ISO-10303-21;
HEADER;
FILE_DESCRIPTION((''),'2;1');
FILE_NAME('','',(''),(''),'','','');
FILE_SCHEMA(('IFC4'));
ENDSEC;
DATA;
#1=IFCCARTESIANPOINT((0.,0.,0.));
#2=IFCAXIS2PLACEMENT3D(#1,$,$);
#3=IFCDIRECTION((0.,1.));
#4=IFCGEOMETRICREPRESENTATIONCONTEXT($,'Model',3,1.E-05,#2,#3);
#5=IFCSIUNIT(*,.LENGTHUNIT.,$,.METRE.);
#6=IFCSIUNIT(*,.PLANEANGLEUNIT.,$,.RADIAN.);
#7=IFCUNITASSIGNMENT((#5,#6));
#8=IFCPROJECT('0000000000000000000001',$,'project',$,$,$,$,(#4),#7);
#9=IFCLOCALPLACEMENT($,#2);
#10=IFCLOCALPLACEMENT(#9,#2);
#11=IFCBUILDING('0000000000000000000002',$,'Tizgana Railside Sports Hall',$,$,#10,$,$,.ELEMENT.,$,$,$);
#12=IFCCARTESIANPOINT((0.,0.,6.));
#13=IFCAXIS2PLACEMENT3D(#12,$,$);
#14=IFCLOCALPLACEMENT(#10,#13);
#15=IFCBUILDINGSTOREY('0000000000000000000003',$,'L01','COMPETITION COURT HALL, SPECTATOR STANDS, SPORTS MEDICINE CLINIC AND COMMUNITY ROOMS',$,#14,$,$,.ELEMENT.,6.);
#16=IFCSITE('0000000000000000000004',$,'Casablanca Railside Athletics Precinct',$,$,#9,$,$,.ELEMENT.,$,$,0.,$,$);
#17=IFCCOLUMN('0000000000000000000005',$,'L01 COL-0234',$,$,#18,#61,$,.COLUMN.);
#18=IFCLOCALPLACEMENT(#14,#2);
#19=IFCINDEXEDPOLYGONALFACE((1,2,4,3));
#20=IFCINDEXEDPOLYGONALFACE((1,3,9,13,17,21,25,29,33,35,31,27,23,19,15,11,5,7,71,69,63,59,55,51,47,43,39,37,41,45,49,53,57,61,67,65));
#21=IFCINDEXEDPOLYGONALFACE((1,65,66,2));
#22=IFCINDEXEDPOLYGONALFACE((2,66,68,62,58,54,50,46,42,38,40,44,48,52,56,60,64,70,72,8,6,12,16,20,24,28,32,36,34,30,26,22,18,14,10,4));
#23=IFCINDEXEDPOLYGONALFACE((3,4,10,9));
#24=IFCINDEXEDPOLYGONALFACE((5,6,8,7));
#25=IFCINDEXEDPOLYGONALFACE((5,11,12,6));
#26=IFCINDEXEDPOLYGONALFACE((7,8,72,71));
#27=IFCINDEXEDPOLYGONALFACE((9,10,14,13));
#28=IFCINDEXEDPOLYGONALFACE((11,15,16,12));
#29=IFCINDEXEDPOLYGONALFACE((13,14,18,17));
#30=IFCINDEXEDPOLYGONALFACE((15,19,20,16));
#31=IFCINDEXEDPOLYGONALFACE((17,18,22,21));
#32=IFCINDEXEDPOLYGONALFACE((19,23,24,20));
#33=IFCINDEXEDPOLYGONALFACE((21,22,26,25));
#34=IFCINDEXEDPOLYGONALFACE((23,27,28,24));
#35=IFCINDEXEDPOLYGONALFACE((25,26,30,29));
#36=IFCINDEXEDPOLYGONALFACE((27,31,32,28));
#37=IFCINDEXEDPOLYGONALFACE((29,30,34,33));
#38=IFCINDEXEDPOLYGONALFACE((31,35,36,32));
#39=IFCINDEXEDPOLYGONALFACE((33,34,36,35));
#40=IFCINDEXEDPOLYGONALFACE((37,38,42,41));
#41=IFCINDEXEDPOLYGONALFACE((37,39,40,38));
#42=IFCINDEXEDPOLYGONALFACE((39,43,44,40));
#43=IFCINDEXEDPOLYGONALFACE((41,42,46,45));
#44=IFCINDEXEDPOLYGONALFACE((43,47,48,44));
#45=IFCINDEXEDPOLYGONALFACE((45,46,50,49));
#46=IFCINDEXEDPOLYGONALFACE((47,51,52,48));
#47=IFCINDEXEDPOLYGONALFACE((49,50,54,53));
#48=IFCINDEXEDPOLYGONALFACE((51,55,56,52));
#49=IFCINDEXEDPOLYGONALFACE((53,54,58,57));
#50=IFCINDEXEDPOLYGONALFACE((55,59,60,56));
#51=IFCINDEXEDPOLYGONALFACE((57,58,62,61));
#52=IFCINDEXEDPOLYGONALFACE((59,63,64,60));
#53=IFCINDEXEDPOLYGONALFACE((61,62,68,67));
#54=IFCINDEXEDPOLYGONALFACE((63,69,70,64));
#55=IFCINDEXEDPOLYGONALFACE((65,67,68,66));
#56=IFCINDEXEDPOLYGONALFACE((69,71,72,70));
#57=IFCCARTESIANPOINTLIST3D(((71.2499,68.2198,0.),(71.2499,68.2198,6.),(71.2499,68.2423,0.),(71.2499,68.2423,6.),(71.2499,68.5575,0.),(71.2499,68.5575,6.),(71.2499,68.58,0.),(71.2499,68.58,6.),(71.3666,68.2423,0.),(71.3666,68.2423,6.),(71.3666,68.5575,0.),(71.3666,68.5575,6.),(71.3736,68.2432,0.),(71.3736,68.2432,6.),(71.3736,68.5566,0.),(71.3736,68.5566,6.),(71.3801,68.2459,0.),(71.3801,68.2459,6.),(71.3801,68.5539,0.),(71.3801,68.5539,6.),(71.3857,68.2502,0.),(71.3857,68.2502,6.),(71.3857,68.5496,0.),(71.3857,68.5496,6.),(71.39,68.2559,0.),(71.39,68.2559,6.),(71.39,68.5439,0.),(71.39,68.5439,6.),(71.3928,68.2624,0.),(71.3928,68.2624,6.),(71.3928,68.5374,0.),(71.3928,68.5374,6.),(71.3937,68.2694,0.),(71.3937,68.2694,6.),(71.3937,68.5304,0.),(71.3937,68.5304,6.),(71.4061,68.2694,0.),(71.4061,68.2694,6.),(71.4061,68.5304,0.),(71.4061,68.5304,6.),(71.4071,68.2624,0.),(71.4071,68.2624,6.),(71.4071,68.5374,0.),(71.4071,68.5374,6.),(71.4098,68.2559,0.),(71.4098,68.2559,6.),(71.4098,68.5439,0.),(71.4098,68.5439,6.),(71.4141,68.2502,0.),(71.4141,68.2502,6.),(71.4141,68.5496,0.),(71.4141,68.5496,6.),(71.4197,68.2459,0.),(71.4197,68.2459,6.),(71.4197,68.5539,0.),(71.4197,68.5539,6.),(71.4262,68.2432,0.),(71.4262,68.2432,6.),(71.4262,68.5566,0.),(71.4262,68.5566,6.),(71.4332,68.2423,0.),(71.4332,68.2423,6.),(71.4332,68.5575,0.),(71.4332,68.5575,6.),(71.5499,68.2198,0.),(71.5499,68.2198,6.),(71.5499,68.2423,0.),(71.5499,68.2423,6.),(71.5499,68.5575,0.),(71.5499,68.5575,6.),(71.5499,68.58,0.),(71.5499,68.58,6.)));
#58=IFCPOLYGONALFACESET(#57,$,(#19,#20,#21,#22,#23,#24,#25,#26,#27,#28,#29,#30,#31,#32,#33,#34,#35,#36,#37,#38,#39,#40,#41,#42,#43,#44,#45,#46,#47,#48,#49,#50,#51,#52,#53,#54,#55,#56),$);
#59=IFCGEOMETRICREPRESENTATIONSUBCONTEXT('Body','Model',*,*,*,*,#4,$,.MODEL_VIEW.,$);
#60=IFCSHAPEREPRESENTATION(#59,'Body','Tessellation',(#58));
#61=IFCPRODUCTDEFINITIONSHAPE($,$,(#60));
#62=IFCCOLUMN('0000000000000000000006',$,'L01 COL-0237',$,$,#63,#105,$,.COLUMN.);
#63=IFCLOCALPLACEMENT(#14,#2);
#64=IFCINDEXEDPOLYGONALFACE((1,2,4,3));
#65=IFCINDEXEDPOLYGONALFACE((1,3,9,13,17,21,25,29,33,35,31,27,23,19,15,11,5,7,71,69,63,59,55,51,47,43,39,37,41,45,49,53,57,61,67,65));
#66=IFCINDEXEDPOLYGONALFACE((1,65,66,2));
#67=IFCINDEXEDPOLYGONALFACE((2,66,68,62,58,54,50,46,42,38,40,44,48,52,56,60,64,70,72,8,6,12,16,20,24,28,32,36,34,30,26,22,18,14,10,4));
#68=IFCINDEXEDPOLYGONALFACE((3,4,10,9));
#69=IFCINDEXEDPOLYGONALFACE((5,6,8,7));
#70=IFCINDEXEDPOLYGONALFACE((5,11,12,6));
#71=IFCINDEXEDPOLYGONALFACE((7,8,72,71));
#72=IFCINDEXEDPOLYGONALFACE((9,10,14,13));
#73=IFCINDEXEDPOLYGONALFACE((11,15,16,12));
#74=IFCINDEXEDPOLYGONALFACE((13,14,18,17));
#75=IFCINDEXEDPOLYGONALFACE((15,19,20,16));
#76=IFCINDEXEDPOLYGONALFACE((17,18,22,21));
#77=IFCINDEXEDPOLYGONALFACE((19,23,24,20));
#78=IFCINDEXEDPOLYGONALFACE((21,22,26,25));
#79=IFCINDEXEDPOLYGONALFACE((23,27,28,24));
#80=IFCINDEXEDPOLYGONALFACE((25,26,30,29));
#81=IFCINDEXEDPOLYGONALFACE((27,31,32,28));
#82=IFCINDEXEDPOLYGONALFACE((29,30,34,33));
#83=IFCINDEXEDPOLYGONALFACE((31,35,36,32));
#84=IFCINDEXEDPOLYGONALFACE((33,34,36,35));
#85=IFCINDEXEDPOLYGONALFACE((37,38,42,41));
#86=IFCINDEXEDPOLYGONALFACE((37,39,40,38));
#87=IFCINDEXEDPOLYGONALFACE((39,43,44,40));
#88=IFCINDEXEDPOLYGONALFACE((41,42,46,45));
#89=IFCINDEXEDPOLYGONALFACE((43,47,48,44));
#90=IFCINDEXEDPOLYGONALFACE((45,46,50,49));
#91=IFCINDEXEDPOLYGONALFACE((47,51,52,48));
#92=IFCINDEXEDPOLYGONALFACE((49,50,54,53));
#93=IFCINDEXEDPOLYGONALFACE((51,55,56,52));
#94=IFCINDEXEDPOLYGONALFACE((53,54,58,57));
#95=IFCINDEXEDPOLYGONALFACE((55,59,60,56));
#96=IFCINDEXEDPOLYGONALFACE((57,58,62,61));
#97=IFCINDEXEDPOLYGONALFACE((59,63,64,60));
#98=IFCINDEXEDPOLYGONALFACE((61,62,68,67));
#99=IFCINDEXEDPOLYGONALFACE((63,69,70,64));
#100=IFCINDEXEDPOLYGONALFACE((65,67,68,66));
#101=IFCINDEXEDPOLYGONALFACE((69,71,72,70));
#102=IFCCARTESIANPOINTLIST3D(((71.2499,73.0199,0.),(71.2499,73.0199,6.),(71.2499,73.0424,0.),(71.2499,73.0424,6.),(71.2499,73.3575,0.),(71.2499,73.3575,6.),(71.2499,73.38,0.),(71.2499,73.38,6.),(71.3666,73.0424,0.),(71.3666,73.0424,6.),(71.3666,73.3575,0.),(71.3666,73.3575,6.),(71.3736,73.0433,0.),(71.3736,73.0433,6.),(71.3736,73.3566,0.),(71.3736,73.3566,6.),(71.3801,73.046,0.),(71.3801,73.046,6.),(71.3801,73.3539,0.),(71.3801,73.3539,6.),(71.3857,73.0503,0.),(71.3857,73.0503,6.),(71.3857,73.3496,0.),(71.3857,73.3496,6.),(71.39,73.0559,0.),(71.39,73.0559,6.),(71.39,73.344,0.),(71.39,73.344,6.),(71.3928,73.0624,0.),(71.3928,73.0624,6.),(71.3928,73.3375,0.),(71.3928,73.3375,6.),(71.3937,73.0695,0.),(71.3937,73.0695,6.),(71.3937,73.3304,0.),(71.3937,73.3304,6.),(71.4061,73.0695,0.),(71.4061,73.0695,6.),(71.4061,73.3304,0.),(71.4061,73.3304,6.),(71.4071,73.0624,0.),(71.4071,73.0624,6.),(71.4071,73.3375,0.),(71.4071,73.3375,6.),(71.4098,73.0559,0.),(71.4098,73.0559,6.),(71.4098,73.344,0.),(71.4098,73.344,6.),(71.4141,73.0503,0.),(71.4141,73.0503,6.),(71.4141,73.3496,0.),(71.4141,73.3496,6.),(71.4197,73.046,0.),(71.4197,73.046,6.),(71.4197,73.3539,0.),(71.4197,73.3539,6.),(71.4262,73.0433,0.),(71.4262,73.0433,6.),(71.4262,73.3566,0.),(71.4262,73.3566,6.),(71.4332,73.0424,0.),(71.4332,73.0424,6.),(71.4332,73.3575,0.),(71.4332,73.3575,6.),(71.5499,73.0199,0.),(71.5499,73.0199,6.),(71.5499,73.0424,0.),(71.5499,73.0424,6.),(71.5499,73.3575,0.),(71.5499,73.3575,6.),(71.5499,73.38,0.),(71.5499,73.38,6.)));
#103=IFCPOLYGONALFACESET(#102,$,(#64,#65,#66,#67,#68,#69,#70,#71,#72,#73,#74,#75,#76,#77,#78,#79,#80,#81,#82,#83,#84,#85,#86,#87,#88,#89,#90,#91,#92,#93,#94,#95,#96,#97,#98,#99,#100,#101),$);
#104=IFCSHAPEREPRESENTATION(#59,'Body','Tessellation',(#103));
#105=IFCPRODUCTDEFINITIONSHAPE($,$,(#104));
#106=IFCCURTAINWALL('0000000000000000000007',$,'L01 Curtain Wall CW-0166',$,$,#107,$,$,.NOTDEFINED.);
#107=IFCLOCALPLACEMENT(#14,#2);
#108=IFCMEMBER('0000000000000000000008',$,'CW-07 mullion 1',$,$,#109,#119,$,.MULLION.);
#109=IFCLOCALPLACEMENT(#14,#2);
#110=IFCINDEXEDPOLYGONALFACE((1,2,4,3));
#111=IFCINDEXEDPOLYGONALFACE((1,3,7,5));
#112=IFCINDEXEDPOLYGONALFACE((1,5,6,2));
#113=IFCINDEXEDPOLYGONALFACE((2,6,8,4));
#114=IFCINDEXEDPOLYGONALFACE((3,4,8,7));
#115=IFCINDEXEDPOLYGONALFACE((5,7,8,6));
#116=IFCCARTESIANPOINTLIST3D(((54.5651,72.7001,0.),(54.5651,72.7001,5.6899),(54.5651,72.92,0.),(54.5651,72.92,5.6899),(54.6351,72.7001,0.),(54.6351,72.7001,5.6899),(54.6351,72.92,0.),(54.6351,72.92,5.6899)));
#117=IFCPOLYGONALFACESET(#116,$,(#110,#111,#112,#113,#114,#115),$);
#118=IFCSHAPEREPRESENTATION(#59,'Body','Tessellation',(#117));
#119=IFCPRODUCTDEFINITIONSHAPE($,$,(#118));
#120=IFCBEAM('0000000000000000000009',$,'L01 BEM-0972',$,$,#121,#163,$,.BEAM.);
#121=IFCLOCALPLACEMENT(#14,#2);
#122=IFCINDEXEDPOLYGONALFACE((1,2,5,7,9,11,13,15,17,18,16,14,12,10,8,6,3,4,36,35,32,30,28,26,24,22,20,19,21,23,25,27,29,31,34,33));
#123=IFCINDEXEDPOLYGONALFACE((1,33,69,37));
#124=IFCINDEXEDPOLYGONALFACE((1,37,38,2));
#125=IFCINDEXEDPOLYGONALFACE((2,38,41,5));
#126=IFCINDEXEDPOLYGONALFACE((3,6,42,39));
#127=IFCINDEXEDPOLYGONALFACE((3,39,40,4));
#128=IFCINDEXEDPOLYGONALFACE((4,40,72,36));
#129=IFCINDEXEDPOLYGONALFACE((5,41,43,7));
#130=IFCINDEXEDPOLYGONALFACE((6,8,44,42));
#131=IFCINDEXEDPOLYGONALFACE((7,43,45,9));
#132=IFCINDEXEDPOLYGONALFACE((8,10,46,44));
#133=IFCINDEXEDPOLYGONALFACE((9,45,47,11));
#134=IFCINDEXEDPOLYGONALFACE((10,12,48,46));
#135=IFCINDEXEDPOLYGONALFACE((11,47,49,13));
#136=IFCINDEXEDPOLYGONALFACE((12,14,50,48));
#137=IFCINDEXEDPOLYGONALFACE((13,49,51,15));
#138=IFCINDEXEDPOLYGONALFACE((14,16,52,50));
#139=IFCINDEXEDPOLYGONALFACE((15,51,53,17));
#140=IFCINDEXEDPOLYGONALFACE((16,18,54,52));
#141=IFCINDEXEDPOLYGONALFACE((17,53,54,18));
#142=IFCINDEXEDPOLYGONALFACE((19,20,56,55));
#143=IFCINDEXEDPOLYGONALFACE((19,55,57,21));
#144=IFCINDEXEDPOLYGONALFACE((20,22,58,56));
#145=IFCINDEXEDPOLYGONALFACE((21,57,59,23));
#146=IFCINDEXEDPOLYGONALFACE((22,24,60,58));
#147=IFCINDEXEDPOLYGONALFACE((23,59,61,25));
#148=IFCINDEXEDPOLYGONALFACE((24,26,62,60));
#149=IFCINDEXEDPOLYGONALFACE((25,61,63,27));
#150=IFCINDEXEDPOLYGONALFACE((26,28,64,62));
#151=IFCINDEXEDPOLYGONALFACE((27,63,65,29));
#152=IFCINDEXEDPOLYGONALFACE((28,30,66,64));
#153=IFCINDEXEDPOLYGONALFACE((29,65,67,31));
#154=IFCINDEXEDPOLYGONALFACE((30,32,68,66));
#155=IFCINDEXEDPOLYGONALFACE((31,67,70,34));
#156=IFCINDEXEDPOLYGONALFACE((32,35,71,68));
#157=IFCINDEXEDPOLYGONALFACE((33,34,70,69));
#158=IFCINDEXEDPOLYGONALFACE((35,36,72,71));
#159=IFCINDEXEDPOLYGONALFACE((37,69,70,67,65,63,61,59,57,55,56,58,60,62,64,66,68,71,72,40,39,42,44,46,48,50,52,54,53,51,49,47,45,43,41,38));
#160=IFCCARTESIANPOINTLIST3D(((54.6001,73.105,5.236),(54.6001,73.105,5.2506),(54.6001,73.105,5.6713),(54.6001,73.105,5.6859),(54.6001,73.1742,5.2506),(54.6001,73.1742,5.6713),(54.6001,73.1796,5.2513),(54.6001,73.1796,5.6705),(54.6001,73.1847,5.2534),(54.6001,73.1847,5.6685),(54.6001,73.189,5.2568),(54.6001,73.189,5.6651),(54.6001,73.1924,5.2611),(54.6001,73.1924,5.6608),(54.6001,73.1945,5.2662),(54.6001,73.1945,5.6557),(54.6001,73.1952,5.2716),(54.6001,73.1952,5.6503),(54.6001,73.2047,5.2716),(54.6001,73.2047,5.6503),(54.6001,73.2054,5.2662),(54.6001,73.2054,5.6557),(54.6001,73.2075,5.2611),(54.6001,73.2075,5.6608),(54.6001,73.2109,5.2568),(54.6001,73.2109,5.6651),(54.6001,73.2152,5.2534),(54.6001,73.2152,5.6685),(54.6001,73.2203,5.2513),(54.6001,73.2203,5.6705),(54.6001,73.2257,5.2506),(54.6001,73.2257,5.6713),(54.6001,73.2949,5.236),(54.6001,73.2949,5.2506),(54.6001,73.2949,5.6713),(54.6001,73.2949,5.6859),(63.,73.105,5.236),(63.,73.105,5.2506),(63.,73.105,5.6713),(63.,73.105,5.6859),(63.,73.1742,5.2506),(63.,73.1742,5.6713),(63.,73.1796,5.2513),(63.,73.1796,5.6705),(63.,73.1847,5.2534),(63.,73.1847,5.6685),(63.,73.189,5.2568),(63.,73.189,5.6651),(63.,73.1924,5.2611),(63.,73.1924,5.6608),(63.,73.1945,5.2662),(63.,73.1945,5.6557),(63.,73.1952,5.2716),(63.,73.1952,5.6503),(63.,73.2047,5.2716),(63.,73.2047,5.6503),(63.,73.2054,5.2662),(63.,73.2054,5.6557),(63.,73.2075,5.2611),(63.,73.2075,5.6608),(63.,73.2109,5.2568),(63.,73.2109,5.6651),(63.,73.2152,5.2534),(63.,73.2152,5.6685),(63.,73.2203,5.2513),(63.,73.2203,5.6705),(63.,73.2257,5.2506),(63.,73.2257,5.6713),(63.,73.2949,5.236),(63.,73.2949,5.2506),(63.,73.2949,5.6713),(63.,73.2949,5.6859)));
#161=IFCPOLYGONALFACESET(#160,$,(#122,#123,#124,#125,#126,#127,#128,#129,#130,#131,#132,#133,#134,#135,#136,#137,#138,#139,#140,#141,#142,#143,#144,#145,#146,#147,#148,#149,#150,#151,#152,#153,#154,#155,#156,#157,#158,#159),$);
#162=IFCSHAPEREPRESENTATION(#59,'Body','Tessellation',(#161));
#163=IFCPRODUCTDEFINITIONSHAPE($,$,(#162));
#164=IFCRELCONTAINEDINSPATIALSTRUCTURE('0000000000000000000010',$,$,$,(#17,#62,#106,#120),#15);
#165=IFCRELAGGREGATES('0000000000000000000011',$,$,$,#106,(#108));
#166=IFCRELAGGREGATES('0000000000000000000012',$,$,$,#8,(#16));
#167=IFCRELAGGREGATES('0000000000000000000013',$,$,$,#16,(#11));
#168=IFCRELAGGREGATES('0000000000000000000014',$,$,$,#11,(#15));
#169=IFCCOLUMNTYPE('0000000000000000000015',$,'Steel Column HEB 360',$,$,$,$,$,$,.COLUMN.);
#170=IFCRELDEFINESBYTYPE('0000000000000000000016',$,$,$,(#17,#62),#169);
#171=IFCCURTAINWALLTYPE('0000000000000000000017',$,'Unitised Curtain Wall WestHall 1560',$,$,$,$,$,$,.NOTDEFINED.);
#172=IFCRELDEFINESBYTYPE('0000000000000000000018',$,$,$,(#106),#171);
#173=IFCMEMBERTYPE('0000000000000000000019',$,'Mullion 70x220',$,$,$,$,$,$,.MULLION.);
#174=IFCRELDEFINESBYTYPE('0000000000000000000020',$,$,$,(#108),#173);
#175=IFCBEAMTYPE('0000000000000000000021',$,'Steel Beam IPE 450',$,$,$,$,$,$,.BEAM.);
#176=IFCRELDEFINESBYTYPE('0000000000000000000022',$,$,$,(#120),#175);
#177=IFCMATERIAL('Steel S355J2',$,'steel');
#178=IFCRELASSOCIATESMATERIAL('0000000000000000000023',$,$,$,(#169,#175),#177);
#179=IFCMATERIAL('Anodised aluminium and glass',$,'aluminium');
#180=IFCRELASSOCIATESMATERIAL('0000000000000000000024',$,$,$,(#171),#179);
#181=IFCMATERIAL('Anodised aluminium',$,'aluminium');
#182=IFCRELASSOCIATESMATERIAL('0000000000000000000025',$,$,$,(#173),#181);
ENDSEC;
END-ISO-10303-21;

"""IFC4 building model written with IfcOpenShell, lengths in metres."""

from ifc_helpers import new_model, si_unit, direction, frame, origin, origin_2d, place, context, subcontext, project, spatial, rectangle, i_section, extrude, material, material_profile, profile_set, type_object, element, aggregate, save


model = new_model("IFC4")

# Units and contexts
model_context = context("Model", 3, precision=1e-05, world=origin(), true_north=direction((0.0, 1.0)))
body_context = subcontext(model_context, "Body", "Model", "MODEL_VIEW")
ifc_project = project(units=[si_unit("LENGTHUNIT", "METRE"), si_unit("PLANEANGLEUNIT", "RADIAN")], contexts=[model_context])

# Site, building, storey
site_placement = place(None, origin())
site = spatial("IfcSite", under=ifc_project, at=site_placement, Name="Casablanca Railside Athletics Precinct", CompositionType="ELEMENT", RefElevation=0.0)
building_placement = place(site_placement, origin())
building = spatial("IfcBuilding", under=site, at=building_placement, Name="Tizgana Railside Sports Hall", CompositionType="ELEMENT")
storey_placement = place(building_placement, frame((0.0, 0.0, 6.0)))
storey = spatial("IfcBuildingStorey", under=building, at=storey_placement, Name="L01", Description="COMPETITION COURT HALL, SPECTATOR STANDS, SPORTS MEDICINE CLINIC AND COMMUNITY ROOMS", CompositionType="ELEMENT", Elevation=6.0)

# Columns
ifc_material_1 = material(Name="Steel S355J2", Category="steel")
ifc_material_profile_1 = material_profile(ifc_material_1, i_section(OverallWidth=0.3, OverallDepth=0.3601, WebThickness=0.0125, FlangeThickness=0.0225, FilletRadius=0.0271, at=origin_2d()), Name="HEB 360")
ifc_profile_set_1 = profile_set([ifc_material_profile_1], Name="Steel S355J2")
column_type_1 = type_object("IfcColumnType", Name="Steel Column HEB 360", PredefinedType="COLUMN", material=ifc_profile_set_1)
for number, where, z_axis, x_axis, name in (
    (1, (71.3999, 68.3999, 0.0), (0.0, 0.0, 1.0), (1.0, 0.0, 0.0), "L01 COL-0234"),
    (2, (71.3999, 73.2, 0.0), (0.0, 0.0, 1.0), (1.0, 0.0, 0.0), "L01 COL-0237"),
):
    element("IfcColumn", number, at=place(storey_placement, frame(where, z_axis=z_axis, x_axis=x_axis)), inside=storey, type_object=column_type_1, Name=name, PredefinedType="COLUMN", context=body_context, shape_type="SweptSolid", body=[
        extrude(i_section(OverallWidth=0.3, OverallDepth=0.3601, WebThickness=0.0125, FlangeThickness=0.0225, FilletRadius=0.0271, at=origin_2d()), origin(), (0.0, 0.0, 1.0), 6.0),
    ])

# Curtain wall, member
ifc_material_2 = material(Name="Anodised aluminium and glass", Category="aluminium")
curtain_wall_type = type_object("IfcCurtainWallType", Name="Unitised Curtain Wall WestHall 1560", PredefinedType="NOTDEFINED", material=ifc_material_2)
curtain_wall_placement = place(storey_placement, origin())
curtain_wall = element("IfcCurtainWall", 3, at=curtain_wall_placement, inside=storey, type_object=curtain_wall_type, Name="L01 Curtain Wall CW-0166", PredefinedType="NOTDEFINED")
ifc_material_3 = material(Name="Anodised aluminium", Category="aluminium")
ifc_material_profile_2 = material_profile(ifc_material_3, rectangle(XDim=0.0701, YDim=0.22, at=origin_2d()), Name="Mullion 70x220")
ifc_profile_set_2 = profile_set([ifc_material_profile_2], Name="Anodised aluminium")
member_type = type_object("IfcMemberType", Name="Mullion 70x220", PredefinedType="MULLION", material=ifc_profile_set_2)
member_placement = place(storey_placement, frame((54.6001, 72.8101, 0.0), z_axis=(0.0, 0.0, 1.0), x_axis=(1.0, 0.0, 0.0)))
member = element("IfcMember", 4, at=member_placement, type_object=member_type, Name="CW-07 mullion 1", PredefinedType="MULLION", context=body_context, shape_type="SweptSolid", body=[
    extrude(rectangle(XDim=0.0701, YDim=0.22, at=origin_2d()), origin(), (0.0, 0.0, 1.0), 5.6899),
])
aggregate(curtain_wall, [member])

# Beam
ifc_material_profile_3 = material_profile(ifc_material_1, i_section(OverallWidth=0.1899, OverallDepth=0.45, WebThickness=0.0095, FlangeThickness=0.0146, FilletRadius=0.021, at=origin_2d()), Name="IPE 450")
ifc_profile_set_3 = profile_set([ifc_material_profile_3], Name="Steel S355J2")
beam_type_1 = type_object("IfcBeamType", Name="Steel Beam IPE 450", PredefinedType="BEAM", material=ifc_profile_set_3)
for number, where, z_axis, x_axis, name in (
    (5, (54.6001, 73.2, 5.4609), (1.0, 0.0, 0.0), (0.0, 1.0, 0.0), "L01 BEM-0972"),
):
    element("IfcBeam", number, at=place(storey_placement, frame(where, z_axis=z_axis, x_axis=x_axis)), inside=storey, type_object=beam_type_1, Name=name, PredefinedType="BEAM", context=body_context, shape_type="SweptSolid", body=[
        extrude(i_section(OverallWidth=0.1899, OverallDepth=0.45, WebThickness=0.0095, FlangeThickness=0.0146, FilletRadius=0.021, at=origin_2d()), origin(), (0.0, 0.0, 1.0), 8.3999),
    ])

save(model, "model.ifc")
